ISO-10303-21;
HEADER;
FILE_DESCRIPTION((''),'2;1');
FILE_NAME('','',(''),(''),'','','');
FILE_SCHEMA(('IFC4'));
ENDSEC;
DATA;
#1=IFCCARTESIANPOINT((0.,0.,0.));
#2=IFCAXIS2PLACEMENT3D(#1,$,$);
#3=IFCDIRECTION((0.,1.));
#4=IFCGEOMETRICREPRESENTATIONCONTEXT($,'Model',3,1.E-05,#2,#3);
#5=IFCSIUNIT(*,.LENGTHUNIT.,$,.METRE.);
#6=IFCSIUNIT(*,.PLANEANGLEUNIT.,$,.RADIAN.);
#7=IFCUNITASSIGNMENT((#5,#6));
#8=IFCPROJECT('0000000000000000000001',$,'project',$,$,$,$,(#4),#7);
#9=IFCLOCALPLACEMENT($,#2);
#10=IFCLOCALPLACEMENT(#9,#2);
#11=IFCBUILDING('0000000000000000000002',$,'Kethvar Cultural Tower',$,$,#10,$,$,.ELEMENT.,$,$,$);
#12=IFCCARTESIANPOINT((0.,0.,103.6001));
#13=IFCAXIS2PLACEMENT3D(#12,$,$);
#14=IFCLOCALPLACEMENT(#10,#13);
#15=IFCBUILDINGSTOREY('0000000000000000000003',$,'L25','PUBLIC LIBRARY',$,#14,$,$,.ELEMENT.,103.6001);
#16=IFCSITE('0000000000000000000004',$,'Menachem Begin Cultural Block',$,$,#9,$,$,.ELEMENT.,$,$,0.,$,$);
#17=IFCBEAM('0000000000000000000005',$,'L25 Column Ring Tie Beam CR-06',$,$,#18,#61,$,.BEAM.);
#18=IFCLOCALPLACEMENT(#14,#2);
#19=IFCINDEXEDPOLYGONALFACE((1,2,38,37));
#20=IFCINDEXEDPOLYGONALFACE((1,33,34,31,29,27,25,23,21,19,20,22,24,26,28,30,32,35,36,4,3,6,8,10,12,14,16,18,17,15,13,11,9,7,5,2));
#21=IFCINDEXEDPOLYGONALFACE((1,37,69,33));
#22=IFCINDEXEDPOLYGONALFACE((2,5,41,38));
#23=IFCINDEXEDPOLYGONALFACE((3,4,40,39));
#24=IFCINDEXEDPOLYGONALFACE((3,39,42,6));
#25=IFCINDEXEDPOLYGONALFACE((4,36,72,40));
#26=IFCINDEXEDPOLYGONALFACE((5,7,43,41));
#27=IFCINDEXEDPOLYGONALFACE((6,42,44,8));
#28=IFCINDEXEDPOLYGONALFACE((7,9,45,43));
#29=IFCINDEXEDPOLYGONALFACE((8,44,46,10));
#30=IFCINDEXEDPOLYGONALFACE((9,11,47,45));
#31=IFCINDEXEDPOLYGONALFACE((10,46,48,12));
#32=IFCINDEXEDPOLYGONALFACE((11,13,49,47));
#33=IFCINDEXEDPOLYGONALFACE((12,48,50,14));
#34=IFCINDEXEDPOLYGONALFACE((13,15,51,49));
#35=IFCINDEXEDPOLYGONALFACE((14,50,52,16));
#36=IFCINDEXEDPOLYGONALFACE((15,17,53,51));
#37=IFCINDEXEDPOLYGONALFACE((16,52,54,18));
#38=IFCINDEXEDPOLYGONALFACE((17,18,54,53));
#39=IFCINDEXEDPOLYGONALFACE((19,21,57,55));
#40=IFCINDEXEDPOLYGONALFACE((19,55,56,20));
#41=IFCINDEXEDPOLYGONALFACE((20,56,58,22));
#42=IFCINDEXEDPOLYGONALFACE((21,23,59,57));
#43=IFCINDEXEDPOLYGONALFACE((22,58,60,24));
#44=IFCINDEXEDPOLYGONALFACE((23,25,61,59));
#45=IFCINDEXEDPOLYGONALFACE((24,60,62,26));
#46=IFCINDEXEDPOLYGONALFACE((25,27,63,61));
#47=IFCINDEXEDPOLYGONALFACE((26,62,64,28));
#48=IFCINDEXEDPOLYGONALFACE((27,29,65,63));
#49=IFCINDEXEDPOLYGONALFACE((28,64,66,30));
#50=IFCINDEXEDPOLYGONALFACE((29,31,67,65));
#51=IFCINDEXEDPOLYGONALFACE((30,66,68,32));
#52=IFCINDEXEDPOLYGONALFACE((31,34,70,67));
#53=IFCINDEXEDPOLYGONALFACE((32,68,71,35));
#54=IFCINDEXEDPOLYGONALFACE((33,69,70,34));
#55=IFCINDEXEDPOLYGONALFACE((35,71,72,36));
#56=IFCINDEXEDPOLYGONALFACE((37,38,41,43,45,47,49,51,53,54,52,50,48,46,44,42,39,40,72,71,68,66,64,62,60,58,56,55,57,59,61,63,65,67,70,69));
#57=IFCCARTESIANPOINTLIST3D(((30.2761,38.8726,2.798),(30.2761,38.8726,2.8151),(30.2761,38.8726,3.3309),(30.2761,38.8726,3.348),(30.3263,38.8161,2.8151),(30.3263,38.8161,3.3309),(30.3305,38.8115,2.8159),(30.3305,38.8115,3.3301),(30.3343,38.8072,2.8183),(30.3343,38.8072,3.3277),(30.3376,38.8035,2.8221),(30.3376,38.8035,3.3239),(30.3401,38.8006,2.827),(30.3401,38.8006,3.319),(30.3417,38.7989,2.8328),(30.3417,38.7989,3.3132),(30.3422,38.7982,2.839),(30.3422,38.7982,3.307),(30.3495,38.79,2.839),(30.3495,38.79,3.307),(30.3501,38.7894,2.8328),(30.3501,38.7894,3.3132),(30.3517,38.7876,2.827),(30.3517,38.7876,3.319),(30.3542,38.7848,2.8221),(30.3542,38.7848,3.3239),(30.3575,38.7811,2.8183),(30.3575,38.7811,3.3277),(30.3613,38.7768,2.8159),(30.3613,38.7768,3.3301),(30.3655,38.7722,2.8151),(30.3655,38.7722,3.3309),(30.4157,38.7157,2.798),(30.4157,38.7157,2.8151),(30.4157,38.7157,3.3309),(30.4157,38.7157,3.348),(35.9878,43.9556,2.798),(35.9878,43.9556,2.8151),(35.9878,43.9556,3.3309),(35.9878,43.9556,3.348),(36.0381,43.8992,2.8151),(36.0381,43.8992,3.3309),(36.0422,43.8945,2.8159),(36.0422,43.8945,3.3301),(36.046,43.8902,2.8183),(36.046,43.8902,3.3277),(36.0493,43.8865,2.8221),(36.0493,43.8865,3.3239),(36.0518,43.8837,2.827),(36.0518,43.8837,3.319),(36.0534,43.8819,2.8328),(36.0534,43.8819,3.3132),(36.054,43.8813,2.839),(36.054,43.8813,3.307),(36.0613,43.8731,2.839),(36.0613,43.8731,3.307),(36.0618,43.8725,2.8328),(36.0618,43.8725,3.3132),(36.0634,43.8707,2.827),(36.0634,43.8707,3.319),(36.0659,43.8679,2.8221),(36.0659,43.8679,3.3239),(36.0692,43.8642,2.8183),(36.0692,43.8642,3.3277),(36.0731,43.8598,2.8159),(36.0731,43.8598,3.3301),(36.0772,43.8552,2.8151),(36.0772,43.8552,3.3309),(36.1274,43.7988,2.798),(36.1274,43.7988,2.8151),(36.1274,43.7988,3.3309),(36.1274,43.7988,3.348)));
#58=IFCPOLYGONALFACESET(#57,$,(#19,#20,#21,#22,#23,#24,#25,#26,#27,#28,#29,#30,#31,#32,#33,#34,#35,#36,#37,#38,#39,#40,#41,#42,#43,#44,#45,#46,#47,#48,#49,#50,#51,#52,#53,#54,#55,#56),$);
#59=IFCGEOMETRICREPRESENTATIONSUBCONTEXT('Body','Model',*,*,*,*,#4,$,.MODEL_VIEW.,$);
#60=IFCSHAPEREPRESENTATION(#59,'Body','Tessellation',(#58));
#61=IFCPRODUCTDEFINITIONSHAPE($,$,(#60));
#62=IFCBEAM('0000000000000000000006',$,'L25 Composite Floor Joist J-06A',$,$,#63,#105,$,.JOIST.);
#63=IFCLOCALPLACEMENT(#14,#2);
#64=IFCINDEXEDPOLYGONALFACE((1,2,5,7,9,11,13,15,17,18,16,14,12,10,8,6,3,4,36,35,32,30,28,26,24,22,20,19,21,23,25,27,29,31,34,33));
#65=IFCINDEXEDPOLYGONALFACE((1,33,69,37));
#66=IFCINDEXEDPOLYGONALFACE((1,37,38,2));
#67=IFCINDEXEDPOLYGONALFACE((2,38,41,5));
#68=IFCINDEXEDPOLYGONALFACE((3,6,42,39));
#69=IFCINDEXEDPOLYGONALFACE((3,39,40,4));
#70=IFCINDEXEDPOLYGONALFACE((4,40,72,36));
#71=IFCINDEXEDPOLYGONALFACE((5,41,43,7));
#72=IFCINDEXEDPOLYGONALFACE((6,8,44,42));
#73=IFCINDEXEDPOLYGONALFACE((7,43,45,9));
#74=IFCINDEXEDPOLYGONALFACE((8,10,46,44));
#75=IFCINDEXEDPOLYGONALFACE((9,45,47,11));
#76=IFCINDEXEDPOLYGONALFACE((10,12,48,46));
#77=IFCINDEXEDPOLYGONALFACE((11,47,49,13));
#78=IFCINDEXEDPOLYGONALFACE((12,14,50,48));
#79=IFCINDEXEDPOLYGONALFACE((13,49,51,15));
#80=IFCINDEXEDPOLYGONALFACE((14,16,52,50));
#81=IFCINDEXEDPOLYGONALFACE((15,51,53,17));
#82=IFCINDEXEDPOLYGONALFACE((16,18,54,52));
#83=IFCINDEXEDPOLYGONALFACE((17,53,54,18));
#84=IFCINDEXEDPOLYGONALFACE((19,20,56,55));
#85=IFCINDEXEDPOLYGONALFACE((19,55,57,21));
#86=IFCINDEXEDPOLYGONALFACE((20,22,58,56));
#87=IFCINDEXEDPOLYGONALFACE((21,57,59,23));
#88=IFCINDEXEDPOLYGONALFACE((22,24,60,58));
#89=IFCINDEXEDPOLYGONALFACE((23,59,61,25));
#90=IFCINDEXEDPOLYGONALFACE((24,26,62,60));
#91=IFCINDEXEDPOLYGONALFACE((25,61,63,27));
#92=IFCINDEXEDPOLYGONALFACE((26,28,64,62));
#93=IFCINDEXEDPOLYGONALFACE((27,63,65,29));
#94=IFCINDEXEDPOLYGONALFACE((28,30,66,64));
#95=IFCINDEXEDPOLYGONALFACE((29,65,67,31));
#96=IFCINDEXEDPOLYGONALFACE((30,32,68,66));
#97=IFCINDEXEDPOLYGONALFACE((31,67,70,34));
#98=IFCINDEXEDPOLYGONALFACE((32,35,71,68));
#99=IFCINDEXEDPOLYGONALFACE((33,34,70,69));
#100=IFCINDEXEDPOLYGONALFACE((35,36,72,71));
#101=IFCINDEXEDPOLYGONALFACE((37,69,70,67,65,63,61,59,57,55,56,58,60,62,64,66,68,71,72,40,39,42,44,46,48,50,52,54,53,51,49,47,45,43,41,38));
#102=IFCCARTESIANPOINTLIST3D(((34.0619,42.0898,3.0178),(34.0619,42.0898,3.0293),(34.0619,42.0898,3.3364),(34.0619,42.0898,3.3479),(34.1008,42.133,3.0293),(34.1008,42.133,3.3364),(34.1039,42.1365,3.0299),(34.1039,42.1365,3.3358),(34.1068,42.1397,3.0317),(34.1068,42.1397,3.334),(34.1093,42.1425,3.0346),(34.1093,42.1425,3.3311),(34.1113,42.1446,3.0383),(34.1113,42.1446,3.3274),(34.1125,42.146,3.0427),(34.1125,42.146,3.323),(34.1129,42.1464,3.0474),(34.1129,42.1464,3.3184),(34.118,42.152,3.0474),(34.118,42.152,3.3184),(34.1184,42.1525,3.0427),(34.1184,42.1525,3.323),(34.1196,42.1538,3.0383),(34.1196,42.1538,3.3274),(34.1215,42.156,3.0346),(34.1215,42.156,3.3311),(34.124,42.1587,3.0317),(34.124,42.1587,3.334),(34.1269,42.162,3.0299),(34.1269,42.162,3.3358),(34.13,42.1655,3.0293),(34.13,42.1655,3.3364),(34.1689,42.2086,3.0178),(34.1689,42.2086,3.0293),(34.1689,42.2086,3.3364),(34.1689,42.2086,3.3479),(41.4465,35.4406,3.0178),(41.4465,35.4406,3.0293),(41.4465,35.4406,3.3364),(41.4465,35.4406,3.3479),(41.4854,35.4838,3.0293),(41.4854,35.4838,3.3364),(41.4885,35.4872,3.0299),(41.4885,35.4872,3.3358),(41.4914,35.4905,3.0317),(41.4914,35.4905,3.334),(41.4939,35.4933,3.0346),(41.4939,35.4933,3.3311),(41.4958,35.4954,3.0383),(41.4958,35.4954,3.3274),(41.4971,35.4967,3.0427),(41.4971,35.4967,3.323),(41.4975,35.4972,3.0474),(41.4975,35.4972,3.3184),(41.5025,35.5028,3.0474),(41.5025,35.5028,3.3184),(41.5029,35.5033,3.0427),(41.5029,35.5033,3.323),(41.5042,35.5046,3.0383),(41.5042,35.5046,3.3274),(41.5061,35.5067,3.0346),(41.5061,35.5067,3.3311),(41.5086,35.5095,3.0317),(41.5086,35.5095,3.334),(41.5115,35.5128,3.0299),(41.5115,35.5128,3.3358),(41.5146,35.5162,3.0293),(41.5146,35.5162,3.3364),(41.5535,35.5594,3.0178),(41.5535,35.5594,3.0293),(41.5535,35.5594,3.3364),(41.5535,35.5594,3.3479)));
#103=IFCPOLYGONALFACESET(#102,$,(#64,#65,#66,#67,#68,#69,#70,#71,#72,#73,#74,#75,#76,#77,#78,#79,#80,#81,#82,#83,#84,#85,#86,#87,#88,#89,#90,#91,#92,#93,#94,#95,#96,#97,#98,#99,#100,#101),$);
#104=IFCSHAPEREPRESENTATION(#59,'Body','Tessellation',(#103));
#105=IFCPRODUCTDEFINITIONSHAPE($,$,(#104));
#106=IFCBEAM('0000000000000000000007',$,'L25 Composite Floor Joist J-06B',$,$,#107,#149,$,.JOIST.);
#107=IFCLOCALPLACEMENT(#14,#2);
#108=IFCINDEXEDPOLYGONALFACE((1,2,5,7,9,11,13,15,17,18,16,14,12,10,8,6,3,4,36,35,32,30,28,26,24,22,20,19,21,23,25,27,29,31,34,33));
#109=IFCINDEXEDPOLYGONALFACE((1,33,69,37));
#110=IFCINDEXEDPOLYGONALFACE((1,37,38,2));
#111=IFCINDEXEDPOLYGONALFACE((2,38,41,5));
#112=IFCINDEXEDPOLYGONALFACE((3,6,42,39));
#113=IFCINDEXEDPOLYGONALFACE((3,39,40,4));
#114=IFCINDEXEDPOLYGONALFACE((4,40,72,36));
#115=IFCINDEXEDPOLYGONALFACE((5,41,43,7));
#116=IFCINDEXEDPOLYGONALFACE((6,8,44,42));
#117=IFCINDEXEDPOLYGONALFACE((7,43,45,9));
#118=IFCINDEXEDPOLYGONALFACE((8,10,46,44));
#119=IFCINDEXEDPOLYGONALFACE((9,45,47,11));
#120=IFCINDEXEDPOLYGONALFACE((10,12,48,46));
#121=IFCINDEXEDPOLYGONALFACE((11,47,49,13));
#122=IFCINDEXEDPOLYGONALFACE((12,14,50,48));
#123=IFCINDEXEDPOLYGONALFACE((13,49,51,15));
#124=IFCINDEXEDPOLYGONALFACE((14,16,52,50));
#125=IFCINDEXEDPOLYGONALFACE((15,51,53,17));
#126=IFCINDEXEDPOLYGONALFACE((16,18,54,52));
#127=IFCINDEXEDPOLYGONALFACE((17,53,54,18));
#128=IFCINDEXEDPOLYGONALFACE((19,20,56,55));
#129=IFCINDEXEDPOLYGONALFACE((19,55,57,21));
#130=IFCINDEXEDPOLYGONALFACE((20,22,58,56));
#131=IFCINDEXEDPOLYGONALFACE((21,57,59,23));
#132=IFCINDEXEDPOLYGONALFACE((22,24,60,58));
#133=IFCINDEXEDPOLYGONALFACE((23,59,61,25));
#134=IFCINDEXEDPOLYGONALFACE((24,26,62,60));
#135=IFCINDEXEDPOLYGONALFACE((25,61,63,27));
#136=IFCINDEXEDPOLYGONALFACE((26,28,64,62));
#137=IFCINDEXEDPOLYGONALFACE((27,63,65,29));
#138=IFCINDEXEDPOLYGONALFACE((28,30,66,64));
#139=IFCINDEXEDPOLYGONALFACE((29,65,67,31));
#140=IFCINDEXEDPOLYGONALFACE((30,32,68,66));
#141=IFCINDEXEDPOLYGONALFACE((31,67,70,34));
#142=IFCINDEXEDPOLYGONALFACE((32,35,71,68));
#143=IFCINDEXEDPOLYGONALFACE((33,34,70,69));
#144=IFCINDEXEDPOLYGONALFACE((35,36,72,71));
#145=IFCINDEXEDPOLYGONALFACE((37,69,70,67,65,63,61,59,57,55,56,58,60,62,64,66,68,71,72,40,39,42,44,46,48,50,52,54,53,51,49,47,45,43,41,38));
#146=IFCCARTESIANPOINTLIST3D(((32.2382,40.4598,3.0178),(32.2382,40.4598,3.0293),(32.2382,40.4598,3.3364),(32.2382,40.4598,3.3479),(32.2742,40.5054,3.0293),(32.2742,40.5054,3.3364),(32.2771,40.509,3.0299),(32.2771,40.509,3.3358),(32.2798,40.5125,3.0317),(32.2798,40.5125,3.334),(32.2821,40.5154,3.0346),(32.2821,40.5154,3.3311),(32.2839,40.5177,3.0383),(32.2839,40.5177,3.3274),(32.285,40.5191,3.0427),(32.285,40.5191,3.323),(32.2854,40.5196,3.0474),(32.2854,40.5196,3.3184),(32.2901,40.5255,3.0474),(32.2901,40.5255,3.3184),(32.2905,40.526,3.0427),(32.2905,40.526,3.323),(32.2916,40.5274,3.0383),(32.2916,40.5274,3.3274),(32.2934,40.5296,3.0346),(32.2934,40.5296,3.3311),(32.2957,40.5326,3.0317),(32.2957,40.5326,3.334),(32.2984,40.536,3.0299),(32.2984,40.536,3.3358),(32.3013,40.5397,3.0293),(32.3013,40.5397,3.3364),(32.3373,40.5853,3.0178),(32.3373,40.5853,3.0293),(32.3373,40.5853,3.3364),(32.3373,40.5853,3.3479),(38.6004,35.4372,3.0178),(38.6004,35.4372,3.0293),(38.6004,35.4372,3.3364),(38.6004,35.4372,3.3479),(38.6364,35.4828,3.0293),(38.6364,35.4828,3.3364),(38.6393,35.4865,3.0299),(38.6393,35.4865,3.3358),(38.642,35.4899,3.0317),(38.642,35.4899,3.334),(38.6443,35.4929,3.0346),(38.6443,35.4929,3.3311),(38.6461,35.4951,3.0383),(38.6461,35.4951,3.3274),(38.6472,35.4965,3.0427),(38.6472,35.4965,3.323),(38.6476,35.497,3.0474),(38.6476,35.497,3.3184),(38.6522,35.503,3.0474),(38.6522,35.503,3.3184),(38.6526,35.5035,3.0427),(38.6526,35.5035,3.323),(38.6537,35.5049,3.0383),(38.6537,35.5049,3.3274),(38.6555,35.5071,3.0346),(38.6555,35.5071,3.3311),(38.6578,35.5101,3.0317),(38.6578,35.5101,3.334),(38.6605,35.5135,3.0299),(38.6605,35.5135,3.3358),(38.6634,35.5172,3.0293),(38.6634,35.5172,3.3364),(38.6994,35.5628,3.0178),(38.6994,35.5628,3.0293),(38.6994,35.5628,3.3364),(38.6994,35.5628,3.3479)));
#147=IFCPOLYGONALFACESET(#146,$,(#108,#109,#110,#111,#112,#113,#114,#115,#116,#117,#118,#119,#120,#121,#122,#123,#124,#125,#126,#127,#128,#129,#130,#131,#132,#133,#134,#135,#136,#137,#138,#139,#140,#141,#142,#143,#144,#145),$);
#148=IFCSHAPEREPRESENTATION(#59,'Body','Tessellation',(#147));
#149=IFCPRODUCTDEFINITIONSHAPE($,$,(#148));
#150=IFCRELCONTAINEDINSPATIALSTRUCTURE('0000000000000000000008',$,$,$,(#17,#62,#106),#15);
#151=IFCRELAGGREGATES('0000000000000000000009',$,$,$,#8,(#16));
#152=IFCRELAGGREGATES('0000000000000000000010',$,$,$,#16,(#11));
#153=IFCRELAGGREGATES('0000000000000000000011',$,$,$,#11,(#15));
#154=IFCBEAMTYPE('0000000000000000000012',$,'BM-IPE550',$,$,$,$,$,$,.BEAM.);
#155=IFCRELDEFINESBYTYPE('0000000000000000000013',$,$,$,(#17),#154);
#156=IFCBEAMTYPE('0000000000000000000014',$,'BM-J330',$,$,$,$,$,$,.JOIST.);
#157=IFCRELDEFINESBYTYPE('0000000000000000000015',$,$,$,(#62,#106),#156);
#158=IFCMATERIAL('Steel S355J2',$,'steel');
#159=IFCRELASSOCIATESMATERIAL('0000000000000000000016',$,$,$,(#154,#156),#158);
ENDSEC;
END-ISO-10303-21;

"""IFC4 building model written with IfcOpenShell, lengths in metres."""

from ifc_helpers import new_model, si_unit, direction, frame, origin, origin_2d, place, context, subcontext, project, spatial, i_section, extrude, source, transform, mapped, material, material_profile, profile_set, type_object, element, save


model = new_model("IFC4")

# Units and contexts
model_context = context("Model", 3, precision=1e-05, world=origin(), true_north=direction((0.0, 1.0)))
body_context = subcontext(model_context, "Body", "Model", "MODEL_VIEW")
ifc_project = project(units=[si_unit("LENGTHUNIT", "METRE"), si_unit("PLANEANGLEUNIT", "RADIAN")], contexts=[model_context])

# Site, building, storey
site_placement = place(None, origin())
site = spatial("IfcSite", under=ifc_project, at=site_placement, Name="Menachem Begin Cultural Block", CompositionType="ELEMENT", RefElevation=0.0)
building_placement = place(site_placement, origin())
building = spatial("IfcBuilding", under=site, at=building_placement, Name="Kethvar Cultural Tower", CompositionType="ELEMENT")
storey_placement = place(building_placement, frame((0.0, 0.0, 103.6001)))
storey = spatial("IfcBuildingStorey", under=building, at=storey_placement, Name="L25", Description="PUBLIC LIBRARY", CompositionType="ELEMENT", Elevation=103.6001)

# Beams
ifc_material_1 = material(Name="Steel S355J2", Category="steel")
ifc_material_profile_1 = material_profile(ifc_material_1, i_section(OverallWidth=0.21, OverallDepth=0.55, WebThickness=0.011, FlangeThickness=0.0171, FilletRadius=0.0239, at=origin_2d()), Name="Steel S355J2 — IPE550")
ifc_profile_set_1 = profile_set([ifc_material_profile_1], Name="Steel S355J2 — IPE550")
beam_type_1 = type_object("IfcBeamType", Name="BM-IPE550", PredefinedType="BEAM", material=ifc_profile_set_1)
ifc_material_profile_2 = material_profile(ifc_material_1, i_section(OverallWidth=0.1599, OverallDepth=0.3301, WebThickness=0.0076, FlangeThickness=0.0115, FilletRadius=0.0181, at=origin_2d()), Name="Steel S355J2 — IPE330")
ifc_profile_set_2 = profile_set([ifc_material_profile_2], Name="Steel S355J2 — IPE330")
beam_type_2 = type_object("IfcBeamType", Name="BM-J330", PredefinedType="JOIST", material=ifc_profile_set_2)
shared_shape_1 = source(origin(), body_context, "Body", "SweptSolid", [
    extrude(i_section(OverallWidth=0.21, OverallDepth=0.55, WebThickness=0.011, FlangeThickness=0.0171, FilletRadius=0.0239, at=origin_2d()), origin(), (0.0, 0.0, 1.0), 7.646),
])
beam_1_placement = place(storey_placement, frame((36.0576, 43.8772, 3.073), z_axis=(-0.747022, -0.6648, 0.0), x_axis=(0.6648, -0.747022, 0.0)))
element("IfcBeam", 1, at=beam_1_placement, inside=storey, type_object=beam_type_1, Name="L25 Column Ring Tie Beam CR-06", PredefinedType="BEAM", context=body_context, shape_type="MappedRepresentation", body=[
    mapped(shared_shape_1, transform((0.0, 0.0, 0.0), scale=1.0)),
])
shared_shape_2 = source(origin(), body_context, "Body", "SweptSolid", [
    extrude(i_section(OverallWidth=0.1599, OverallDepth=0.3301, WebThickness=0.0076, FlangeThickness=0.0115, FilletRadius=0.0181, at=origin_2d()), origin(), (0.0, 0.0, 1.0), 9.937),
])
beam_2_placement = place(storey_placement, frame((41.5, 35.5, 3.1829), z_axis=(-0.743139, 0.669137, 0.0), x_axis=(-0.669137, -0.743139, 0.0)))
element("IfcBeam", 2, at=beam_2_placement, inside=storey, type_object=beam_type_2, Name="L25 Composite Floor Joist J-06A", PredefinedType="JOIST", context=body_context, shape_type="MappedRepresentation", body=[
    mapped(shared_shape_2, transform((0.0, 0.0, 0.0), scale=1.0)),
])
shared_shape_3 = source(origin(), body_context, "Body", "SweptSolid", [
    extrude(i_section(OverallWidth=0.1599, OverallDepth=0.3301, WebThickness=0.0076, FlangeThickness=0.0115, FilletRadius=0.0181, at=origin_2d()), origin(), (0.0, 0.0, 1.0), 8.1057),
])
beam_3_placement = place(storey_placement, frame((38.6499, 35.5, 3.1829), z_axis=(-0.784896, 0.619628, 0.0), x_axis=(-0.619628, -0.784896, 0.0)))
element("IfcBeam", 3, at=beam_3_placement, inside=storey, type_object=beam_type_2, Name="L25 Composite Floor Joist J-06B", PredefinedType="JOIST", context=body_context, shape_type="MappedRepresentation", body=[
    mapped(shared_shape_3, transform((0.0, 0.0, 0.0), scale=1.0)),
])

save(model, "model.ifc")
